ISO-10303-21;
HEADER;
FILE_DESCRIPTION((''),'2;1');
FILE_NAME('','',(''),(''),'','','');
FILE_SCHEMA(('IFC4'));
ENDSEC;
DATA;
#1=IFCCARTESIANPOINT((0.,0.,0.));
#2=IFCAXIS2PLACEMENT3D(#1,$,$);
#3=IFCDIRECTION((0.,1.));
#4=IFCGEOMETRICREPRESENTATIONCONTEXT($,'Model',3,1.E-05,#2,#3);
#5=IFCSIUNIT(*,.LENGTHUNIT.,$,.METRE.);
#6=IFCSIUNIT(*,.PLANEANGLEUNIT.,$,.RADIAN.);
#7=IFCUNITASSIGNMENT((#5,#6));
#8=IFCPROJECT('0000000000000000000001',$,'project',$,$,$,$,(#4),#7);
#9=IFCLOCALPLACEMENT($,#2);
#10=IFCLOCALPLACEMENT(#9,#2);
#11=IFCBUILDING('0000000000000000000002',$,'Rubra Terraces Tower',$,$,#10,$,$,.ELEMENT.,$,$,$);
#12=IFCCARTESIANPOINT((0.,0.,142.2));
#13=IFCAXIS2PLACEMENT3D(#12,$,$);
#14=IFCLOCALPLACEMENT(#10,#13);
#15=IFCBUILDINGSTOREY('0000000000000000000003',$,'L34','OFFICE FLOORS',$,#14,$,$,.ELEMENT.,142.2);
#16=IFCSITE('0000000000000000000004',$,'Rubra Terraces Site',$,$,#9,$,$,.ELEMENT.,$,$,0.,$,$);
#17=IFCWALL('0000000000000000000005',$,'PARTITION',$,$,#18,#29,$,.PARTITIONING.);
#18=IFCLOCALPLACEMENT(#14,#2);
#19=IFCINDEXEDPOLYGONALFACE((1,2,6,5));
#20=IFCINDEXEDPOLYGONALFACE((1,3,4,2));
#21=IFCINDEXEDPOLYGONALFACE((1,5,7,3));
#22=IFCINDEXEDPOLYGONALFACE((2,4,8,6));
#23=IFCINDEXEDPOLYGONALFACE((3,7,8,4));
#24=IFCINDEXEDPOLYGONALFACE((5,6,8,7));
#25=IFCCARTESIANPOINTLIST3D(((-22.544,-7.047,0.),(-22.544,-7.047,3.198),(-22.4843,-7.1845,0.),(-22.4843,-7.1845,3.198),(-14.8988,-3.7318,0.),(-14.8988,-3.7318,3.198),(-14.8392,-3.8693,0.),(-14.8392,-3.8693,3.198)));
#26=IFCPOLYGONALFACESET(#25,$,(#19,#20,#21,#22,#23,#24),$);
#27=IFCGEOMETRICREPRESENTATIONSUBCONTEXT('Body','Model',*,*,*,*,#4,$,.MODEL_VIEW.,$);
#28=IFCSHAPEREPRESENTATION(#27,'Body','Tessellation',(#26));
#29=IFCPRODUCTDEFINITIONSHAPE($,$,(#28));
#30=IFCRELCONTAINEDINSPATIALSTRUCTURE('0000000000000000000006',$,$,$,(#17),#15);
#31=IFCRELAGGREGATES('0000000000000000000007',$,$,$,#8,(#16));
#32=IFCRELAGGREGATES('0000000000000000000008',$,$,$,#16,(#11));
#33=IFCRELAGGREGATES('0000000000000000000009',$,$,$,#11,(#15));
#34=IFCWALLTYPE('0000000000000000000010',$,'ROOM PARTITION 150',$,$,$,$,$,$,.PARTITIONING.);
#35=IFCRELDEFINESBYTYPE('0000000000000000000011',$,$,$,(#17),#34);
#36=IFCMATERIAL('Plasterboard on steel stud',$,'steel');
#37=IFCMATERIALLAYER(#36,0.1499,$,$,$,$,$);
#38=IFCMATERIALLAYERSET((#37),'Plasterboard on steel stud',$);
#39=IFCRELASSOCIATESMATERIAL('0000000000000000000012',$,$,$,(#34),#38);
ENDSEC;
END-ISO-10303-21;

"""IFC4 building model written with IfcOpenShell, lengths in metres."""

from ifc_helpers import new_model, si_unit, direction, frame, frame_2d, origin, place, context, subcontext, project, spatial, rectangle, extrude, material, layer, layer_set, type_object, element, save


model = new_model("IFC4")

# Units and contexts
model_context = context("Model", 3, precision=1e-05, world=origin(), true_north=direction((0.0, 1.0)))
body_context = subcontext(model_context, "Body", "Model", "MODEL_VIEW")
ifc_project = project(units=[si_unit("LENGTHUNIT", "METRE"), si_unit("PLANEANGLEUNIT", "RADIAN")], contexts=[model_context])

# Site, building, storey
site_placement = place(None, origin())
site = spatial("IfcSite", under=ifc_project, at=site_placement, Name="Rubra Terraces Site", CompositionType="ELEMENT", RefElevation=0.0)
building_placement = place(site_placement, origin())
building = spatial("IfcBuilding", under=site, at=building_placement, Name="Rubra Terraces Tower", CompositionType="ELEMENT")
storey_placement = place(building_placement, frame((0.0, 0.0, 142.2)))
storey = spatial("IfcBuildingStorey", under=building, at=storey_placement, Name="L34", Description="OFFICE FLOORS", CompositionType="ELEMENT", Elevation=142.2)

# Wall
ifc_material_1 = material(Name="Plasterboard on steel stud", Category="steel")
ifc_layer_1 = layer(ifc_material_1, 0.1499)
ifc_layer_set_1 = layer_set([ifc_layer_1], Name="Plasterboard on steel stud")
wall_type_1 = type_object("IfcWallType", Name="ROOM PARTITION 150", PredefinedType="PARTITIONING", material=ifc_layer_set_1)
wall_1_placement = place(storey_placement, frame((-22.5142, -7.1157, 0.0), z_axis=(0.0, 0.0, 1.0), x_axis=(0.917458, 0.397834, 0.0)))
element("IfcWall", 1, at=wall_1_placement, inside=storey, type_object=wall_type_1, Name="PARTITION", PredefinedType="PARTITIONING", context=body_context, shape_type="SweptSolid", body=[
    extrude(rectangle(XDim=8.333, YDim=0.1499, at=frame_2d((4.1665, 0.0))), origin(), (0.0, 0.0, 1.0), 3.198),
])

save(model, "model.ifc")
